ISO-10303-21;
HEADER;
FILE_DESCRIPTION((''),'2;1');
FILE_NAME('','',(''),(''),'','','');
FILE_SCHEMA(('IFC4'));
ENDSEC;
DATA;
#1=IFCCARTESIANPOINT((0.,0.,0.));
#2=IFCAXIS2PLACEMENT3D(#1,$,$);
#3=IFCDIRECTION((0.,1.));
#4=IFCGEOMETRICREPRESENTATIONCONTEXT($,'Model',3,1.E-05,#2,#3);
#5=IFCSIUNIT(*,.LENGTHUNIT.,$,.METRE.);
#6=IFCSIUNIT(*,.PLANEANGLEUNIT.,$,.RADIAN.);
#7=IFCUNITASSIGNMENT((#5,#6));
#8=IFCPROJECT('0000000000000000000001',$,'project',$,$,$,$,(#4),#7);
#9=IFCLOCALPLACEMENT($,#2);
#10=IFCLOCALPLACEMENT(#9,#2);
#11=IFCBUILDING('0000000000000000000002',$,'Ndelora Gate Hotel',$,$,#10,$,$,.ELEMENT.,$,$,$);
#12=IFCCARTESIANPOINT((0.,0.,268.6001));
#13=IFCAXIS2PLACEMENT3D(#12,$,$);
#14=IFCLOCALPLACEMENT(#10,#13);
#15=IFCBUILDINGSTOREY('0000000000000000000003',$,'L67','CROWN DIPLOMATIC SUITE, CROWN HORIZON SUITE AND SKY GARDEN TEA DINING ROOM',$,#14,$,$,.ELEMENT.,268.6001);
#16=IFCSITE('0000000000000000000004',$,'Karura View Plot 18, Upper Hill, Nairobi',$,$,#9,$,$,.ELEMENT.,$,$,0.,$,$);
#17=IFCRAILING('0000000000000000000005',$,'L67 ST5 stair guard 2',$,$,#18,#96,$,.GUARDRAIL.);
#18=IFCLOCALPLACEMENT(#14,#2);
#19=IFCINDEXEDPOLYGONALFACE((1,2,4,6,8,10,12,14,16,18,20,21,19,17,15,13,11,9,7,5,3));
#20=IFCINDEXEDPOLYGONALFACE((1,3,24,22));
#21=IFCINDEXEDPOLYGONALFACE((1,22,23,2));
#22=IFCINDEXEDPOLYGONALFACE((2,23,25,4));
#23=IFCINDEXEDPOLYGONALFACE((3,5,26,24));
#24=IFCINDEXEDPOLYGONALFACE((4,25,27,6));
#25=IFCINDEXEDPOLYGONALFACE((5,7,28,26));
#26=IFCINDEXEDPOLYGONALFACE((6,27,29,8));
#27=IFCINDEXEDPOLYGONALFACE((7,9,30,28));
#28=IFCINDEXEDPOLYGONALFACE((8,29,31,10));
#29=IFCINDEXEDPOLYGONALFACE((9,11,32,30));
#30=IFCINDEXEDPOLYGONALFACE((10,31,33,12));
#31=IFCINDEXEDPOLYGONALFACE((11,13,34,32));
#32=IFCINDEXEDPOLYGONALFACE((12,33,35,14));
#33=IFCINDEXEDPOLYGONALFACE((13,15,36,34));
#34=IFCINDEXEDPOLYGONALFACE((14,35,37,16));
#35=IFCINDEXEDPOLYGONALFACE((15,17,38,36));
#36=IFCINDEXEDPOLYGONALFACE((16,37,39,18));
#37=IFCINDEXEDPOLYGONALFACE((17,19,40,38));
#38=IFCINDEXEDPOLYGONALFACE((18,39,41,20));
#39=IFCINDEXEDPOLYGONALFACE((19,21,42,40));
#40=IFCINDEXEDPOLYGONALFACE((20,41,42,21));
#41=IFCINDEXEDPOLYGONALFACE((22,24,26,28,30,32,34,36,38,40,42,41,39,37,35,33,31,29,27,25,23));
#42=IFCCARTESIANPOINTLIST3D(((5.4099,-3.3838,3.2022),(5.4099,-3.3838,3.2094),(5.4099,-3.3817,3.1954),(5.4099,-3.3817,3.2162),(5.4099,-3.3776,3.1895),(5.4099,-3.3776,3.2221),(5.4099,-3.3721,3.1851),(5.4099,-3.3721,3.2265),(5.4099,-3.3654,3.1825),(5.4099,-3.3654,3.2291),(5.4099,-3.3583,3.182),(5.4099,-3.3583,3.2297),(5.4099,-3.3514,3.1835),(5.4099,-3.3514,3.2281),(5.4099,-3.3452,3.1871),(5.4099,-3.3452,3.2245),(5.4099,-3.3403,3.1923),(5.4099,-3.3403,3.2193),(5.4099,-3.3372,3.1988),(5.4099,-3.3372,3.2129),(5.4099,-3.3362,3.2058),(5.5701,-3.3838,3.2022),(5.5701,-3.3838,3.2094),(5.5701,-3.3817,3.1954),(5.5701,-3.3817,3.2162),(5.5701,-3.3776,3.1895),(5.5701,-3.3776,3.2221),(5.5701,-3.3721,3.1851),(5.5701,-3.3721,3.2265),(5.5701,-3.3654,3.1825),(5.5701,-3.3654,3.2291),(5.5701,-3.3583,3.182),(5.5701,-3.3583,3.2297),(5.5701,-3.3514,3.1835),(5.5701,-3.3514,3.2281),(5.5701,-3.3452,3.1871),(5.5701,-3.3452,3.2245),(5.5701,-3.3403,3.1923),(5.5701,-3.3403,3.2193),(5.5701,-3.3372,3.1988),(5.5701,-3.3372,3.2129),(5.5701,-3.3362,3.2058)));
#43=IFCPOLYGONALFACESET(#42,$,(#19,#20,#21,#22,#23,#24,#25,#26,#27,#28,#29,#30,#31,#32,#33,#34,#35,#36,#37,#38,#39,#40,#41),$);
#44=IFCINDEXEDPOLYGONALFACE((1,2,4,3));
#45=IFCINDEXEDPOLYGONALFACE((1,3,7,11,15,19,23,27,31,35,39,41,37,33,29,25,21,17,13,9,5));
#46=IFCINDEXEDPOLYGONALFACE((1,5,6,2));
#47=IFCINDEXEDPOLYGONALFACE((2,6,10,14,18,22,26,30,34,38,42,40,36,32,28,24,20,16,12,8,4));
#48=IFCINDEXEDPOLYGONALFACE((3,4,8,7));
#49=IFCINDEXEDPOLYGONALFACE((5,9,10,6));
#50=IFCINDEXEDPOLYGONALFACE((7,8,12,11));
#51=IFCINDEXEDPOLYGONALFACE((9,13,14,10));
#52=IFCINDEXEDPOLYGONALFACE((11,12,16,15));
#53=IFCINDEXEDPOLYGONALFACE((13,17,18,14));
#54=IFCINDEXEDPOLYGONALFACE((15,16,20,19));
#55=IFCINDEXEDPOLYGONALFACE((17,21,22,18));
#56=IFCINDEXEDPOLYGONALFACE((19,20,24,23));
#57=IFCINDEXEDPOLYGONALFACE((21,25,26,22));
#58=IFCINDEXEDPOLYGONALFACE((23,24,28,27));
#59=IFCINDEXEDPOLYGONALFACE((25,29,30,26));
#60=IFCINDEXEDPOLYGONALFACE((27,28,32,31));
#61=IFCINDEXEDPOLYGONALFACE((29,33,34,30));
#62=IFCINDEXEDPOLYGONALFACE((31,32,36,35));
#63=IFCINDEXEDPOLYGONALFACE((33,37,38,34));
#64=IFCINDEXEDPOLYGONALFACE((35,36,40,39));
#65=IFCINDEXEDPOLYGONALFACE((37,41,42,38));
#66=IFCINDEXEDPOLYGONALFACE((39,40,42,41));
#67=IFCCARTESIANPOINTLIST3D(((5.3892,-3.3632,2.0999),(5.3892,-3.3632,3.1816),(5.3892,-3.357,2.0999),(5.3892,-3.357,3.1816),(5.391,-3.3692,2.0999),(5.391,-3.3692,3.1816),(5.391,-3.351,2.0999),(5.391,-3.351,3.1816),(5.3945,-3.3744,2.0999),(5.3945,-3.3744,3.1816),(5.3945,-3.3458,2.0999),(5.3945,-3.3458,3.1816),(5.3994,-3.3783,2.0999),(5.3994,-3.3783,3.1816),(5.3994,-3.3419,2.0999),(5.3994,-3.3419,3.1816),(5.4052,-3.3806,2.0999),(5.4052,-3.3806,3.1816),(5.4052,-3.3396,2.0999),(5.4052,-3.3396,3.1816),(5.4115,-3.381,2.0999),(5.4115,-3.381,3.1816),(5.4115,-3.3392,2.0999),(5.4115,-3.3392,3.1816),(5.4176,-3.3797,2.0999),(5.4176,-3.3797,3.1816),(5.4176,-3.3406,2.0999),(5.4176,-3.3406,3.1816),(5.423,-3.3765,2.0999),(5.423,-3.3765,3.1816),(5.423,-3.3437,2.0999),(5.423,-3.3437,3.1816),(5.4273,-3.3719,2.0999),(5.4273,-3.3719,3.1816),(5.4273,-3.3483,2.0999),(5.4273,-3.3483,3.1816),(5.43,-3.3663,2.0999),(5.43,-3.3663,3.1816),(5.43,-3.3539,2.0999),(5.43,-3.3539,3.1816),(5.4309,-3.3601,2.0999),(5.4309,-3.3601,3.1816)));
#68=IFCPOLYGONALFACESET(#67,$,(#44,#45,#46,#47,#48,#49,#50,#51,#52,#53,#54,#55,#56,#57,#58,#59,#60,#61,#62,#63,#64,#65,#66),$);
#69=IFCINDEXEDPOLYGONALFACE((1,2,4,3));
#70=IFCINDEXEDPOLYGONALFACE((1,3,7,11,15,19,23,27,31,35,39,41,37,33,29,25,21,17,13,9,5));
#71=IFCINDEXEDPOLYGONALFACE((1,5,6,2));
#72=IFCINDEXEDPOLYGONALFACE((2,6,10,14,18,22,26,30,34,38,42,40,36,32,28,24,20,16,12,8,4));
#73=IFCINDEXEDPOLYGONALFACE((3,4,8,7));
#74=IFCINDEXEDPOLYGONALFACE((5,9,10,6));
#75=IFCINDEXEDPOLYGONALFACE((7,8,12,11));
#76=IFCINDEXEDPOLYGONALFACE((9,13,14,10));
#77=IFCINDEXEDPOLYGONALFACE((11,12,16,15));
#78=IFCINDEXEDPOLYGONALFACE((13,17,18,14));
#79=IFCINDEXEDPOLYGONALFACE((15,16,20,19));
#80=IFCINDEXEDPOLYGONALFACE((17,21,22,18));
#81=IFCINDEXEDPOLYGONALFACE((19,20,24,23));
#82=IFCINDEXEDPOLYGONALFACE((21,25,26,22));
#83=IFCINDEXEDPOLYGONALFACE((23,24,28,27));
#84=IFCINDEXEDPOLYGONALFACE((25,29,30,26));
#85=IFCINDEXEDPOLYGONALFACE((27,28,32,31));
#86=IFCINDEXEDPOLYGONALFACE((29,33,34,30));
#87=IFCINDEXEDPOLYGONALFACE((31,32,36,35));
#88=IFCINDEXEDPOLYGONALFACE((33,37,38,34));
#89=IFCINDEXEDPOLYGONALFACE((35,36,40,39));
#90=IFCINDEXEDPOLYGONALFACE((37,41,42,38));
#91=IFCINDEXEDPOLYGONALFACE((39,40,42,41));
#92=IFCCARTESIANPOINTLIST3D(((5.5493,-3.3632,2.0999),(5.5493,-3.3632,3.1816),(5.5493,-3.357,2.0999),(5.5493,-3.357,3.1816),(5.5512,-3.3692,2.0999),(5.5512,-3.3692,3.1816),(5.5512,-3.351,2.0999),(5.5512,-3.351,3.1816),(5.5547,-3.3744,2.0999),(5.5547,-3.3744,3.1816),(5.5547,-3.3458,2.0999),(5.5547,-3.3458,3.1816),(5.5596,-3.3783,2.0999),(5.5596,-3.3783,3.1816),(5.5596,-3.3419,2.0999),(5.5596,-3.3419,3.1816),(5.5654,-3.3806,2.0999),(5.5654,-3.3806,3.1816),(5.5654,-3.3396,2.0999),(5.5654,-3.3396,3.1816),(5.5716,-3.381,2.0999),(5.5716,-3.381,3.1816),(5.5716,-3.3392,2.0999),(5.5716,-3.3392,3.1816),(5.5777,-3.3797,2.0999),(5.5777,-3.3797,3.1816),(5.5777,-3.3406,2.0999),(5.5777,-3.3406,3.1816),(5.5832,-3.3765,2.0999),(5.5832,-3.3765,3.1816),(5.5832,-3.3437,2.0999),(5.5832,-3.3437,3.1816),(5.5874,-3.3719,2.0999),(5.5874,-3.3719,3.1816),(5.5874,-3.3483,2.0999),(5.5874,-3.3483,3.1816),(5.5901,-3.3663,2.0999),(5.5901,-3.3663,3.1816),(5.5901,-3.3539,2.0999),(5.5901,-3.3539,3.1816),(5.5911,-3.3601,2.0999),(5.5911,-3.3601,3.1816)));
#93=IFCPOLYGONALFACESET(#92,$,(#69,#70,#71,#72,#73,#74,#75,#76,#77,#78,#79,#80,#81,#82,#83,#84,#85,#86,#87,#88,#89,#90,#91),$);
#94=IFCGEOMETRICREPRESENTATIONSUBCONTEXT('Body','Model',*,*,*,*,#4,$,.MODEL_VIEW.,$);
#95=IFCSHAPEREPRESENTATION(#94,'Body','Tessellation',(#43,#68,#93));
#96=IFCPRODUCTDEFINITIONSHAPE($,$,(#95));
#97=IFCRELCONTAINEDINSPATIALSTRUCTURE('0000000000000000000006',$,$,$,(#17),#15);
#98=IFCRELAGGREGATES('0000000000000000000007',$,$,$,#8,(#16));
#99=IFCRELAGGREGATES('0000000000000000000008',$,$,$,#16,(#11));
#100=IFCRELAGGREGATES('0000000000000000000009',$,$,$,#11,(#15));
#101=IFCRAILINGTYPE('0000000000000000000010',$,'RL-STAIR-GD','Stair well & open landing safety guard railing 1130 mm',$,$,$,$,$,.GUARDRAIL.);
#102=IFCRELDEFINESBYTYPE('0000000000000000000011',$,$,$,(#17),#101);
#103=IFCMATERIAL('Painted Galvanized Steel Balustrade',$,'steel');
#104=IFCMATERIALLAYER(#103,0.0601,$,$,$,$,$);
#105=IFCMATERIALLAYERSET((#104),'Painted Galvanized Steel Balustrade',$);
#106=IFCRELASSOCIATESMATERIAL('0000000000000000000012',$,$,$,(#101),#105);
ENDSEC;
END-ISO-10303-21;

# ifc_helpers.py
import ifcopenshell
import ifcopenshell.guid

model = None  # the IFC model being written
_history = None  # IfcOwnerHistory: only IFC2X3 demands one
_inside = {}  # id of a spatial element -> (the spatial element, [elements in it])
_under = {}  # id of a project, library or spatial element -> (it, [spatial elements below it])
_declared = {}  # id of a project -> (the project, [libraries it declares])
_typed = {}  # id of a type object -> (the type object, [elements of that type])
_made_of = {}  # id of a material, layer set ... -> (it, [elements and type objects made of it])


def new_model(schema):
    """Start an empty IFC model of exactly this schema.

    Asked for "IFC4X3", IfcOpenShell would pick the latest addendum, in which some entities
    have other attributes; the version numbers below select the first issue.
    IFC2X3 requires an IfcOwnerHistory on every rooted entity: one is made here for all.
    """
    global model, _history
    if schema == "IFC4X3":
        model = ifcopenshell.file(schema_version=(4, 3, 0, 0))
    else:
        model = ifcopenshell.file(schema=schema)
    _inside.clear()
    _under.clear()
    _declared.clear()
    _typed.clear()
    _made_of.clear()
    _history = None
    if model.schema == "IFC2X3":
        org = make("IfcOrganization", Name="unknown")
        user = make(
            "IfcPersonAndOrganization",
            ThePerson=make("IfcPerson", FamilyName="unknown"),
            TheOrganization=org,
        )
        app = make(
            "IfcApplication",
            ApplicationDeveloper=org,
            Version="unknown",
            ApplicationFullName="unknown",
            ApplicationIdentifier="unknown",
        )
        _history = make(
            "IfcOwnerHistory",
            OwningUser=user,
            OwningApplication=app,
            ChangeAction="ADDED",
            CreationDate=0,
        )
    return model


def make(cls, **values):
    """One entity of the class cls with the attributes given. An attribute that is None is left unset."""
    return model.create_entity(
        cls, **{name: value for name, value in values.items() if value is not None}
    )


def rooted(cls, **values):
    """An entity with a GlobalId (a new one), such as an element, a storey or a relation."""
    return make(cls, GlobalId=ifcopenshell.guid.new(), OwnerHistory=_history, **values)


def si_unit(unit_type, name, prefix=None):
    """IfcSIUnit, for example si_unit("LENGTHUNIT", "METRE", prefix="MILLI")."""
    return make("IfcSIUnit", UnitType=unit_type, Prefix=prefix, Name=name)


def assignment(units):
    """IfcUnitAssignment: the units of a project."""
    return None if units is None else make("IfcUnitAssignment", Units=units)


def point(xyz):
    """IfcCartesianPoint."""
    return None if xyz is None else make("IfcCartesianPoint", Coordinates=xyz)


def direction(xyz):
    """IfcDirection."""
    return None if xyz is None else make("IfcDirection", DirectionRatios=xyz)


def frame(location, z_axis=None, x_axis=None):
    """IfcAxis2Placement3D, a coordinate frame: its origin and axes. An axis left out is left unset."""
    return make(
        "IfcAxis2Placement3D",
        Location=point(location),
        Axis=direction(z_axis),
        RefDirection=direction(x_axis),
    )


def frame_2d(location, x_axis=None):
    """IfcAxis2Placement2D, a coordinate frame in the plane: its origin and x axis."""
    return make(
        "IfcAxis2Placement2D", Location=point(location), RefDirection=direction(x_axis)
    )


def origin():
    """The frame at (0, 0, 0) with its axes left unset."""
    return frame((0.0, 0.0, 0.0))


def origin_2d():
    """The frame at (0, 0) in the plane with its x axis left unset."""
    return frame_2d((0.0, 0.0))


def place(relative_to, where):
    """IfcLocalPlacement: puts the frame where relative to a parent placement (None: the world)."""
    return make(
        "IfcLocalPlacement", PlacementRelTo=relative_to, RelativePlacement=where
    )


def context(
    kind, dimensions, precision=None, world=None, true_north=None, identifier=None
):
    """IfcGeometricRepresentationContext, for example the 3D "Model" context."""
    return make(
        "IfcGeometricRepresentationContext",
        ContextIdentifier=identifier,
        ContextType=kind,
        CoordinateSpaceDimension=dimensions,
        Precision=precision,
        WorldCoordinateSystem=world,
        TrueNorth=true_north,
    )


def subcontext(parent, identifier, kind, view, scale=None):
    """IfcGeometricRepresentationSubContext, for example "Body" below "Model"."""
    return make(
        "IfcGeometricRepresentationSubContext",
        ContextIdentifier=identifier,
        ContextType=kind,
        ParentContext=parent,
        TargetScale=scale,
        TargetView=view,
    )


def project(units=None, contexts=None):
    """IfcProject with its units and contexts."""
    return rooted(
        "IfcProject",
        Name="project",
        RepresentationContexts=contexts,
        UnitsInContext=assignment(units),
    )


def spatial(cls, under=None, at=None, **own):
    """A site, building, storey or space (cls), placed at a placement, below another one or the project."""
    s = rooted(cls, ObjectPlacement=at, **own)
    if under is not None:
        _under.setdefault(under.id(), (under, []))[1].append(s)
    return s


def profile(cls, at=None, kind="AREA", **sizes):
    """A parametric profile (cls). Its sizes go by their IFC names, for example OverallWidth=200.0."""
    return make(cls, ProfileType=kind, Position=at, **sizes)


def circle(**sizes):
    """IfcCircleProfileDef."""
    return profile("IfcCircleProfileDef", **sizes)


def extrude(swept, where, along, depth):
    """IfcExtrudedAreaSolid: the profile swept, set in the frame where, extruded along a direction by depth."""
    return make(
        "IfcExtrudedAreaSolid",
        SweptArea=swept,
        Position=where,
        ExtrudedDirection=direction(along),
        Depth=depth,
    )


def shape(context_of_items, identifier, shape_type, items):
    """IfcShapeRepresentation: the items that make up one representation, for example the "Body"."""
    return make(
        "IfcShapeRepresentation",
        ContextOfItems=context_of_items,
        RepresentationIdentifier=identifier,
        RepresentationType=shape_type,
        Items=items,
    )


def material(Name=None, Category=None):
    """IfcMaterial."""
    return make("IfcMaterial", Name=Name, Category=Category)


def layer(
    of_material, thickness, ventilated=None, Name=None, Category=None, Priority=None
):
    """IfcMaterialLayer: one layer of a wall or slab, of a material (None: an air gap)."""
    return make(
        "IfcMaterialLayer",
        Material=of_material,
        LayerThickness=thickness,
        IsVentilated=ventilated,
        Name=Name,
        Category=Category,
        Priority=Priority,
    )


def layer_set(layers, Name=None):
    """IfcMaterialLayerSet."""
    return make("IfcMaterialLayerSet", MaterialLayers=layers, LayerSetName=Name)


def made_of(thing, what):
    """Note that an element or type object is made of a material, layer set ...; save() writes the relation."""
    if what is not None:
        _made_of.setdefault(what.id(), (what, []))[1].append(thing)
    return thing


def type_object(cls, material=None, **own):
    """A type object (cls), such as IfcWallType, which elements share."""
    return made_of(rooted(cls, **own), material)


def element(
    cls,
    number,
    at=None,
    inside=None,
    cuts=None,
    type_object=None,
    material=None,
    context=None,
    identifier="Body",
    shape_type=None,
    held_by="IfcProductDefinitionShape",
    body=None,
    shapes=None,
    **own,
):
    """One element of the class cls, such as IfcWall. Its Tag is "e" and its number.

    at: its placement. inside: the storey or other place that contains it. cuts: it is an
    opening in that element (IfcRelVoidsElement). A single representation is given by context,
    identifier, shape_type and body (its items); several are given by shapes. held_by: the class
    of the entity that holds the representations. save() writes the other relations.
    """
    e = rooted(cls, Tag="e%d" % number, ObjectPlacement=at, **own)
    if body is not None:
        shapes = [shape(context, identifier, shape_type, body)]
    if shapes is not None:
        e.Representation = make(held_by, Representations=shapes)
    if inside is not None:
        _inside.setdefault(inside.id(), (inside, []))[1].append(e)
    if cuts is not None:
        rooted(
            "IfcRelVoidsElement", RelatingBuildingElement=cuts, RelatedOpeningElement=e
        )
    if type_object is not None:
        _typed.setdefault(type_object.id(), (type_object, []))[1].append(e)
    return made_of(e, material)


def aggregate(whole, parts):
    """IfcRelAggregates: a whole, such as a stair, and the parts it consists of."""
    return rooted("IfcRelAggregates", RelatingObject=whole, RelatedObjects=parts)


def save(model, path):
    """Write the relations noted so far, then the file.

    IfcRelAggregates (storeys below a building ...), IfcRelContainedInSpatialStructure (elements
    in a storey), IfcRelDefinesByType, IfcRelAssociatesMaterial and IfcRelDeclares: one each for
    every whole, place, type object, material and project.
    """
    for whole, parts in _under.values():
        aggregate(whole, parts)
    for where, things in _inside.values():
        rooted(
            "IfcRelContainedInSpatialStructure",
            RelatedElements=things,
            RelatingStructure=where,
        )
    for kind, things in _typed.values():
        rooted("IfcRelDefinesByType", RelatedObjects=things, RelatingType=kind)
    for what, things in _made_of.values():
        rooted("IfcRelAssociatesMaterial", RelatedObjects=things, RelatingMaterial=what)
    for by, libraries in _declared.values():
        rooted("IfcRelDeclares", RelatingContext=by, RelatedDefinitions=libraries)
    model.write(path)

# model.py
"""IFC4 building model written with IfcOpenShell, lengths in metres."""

from ifc_helpers import new_model, si_unit, direction, frame, origin, origin_2d, place, context, subcontext, project, spatial, circle, extrude, material, layer, layer_set, type_object, element, save


model = new_model("IFC4")

# Units and contexts
model_context = context("Model", 3, precision=1e-05, world=origin(), true_north=direction((0.0, 1.0)))
body_context = subcontext(model_context, "Body", "Model", "MODEL_VIEW")
ifc_project = project(units=[si_unit("LENGTHUNIT", "METRE"), si_unit("PLANEANGLEUNIT", "RADIAN")], contexts=[model_context])

# Site, building, storey
site_placement = place(None, origin())
site = spatial("IfcSite", under=ifc_project, at=site_placement, Name="Karura View Plot 18, Upper Hill, Nairobi", CompositionType="ELEMENT", RefElevation=0.0)
building_placement = place(site_placement, origin())
building = spatial("IfcBuilding", under=site, at=building_placement, Name="Ndelora Gate Hotel", CompositionType="ELEMENT")
storey_placement = place(building_placement, frame((0.0, 0.0, 268.6001)))
storey = spatial("IfcBuildingStorey", under=building, at=storey_placement, Name="L67", Description="CROWN DIPLOMATIC SUITE, CROWN HORIZON SUITE AND SKY GARDEN TEA DINING ROOM", CompositionType="ELEMENT", Elevation=268.6001)

# Railing
ifc_material_1 = material(Name="Painted Galvanized Steel Balustrade", Category="steel")
ifc_layer_1 = layer(ifc_material_1, 0.0601)
ifc_layer_set_1 = layer_set([ifc_layer_1], Name="Painted Galvanized Steel Balustrade")
railing_type_1 = type_object("IfcRailingType", Name="RL-STAIR-GD", Description="Stair well & open landing safety guard railing 1130 mm", PredefinedType="GUARDRAIL", material=ifc_layer_set_1)
railing_1_placement = place(storey_placement, frame((5.4099, -3.3601, 2.0999)))
element("IfcRailing", 1, at=railing_1_placement, inside=storey, type_object=railing_type_1, Name="L67 ST5 stair guard 2", PredefinedType="GUARDRAIL", context=body_context, shape_type="SweptSolid", body=[
    extrude(circle(Radius=0.0239, at=origin_2d()), frame((0.0, 0.0, 1.106), z_axis=(1.0, 0.0, 0.0), x_axis=(0.0, 1.0, 0.0)), (0.0, 0.0, 1.0), 0.1602),
    extrude(circle(Radius=0.021, at=origin_2d()), origin(), (0.0, 0.0, 1.0), 1.0818),
    extrude(circle(Radius=0.021, at=origin_2d()), frame((0.1602, 0.0, 0.0)), (0.0, 0.0, 1.0), 1.0818),
])

save(model, "model.ifc")
